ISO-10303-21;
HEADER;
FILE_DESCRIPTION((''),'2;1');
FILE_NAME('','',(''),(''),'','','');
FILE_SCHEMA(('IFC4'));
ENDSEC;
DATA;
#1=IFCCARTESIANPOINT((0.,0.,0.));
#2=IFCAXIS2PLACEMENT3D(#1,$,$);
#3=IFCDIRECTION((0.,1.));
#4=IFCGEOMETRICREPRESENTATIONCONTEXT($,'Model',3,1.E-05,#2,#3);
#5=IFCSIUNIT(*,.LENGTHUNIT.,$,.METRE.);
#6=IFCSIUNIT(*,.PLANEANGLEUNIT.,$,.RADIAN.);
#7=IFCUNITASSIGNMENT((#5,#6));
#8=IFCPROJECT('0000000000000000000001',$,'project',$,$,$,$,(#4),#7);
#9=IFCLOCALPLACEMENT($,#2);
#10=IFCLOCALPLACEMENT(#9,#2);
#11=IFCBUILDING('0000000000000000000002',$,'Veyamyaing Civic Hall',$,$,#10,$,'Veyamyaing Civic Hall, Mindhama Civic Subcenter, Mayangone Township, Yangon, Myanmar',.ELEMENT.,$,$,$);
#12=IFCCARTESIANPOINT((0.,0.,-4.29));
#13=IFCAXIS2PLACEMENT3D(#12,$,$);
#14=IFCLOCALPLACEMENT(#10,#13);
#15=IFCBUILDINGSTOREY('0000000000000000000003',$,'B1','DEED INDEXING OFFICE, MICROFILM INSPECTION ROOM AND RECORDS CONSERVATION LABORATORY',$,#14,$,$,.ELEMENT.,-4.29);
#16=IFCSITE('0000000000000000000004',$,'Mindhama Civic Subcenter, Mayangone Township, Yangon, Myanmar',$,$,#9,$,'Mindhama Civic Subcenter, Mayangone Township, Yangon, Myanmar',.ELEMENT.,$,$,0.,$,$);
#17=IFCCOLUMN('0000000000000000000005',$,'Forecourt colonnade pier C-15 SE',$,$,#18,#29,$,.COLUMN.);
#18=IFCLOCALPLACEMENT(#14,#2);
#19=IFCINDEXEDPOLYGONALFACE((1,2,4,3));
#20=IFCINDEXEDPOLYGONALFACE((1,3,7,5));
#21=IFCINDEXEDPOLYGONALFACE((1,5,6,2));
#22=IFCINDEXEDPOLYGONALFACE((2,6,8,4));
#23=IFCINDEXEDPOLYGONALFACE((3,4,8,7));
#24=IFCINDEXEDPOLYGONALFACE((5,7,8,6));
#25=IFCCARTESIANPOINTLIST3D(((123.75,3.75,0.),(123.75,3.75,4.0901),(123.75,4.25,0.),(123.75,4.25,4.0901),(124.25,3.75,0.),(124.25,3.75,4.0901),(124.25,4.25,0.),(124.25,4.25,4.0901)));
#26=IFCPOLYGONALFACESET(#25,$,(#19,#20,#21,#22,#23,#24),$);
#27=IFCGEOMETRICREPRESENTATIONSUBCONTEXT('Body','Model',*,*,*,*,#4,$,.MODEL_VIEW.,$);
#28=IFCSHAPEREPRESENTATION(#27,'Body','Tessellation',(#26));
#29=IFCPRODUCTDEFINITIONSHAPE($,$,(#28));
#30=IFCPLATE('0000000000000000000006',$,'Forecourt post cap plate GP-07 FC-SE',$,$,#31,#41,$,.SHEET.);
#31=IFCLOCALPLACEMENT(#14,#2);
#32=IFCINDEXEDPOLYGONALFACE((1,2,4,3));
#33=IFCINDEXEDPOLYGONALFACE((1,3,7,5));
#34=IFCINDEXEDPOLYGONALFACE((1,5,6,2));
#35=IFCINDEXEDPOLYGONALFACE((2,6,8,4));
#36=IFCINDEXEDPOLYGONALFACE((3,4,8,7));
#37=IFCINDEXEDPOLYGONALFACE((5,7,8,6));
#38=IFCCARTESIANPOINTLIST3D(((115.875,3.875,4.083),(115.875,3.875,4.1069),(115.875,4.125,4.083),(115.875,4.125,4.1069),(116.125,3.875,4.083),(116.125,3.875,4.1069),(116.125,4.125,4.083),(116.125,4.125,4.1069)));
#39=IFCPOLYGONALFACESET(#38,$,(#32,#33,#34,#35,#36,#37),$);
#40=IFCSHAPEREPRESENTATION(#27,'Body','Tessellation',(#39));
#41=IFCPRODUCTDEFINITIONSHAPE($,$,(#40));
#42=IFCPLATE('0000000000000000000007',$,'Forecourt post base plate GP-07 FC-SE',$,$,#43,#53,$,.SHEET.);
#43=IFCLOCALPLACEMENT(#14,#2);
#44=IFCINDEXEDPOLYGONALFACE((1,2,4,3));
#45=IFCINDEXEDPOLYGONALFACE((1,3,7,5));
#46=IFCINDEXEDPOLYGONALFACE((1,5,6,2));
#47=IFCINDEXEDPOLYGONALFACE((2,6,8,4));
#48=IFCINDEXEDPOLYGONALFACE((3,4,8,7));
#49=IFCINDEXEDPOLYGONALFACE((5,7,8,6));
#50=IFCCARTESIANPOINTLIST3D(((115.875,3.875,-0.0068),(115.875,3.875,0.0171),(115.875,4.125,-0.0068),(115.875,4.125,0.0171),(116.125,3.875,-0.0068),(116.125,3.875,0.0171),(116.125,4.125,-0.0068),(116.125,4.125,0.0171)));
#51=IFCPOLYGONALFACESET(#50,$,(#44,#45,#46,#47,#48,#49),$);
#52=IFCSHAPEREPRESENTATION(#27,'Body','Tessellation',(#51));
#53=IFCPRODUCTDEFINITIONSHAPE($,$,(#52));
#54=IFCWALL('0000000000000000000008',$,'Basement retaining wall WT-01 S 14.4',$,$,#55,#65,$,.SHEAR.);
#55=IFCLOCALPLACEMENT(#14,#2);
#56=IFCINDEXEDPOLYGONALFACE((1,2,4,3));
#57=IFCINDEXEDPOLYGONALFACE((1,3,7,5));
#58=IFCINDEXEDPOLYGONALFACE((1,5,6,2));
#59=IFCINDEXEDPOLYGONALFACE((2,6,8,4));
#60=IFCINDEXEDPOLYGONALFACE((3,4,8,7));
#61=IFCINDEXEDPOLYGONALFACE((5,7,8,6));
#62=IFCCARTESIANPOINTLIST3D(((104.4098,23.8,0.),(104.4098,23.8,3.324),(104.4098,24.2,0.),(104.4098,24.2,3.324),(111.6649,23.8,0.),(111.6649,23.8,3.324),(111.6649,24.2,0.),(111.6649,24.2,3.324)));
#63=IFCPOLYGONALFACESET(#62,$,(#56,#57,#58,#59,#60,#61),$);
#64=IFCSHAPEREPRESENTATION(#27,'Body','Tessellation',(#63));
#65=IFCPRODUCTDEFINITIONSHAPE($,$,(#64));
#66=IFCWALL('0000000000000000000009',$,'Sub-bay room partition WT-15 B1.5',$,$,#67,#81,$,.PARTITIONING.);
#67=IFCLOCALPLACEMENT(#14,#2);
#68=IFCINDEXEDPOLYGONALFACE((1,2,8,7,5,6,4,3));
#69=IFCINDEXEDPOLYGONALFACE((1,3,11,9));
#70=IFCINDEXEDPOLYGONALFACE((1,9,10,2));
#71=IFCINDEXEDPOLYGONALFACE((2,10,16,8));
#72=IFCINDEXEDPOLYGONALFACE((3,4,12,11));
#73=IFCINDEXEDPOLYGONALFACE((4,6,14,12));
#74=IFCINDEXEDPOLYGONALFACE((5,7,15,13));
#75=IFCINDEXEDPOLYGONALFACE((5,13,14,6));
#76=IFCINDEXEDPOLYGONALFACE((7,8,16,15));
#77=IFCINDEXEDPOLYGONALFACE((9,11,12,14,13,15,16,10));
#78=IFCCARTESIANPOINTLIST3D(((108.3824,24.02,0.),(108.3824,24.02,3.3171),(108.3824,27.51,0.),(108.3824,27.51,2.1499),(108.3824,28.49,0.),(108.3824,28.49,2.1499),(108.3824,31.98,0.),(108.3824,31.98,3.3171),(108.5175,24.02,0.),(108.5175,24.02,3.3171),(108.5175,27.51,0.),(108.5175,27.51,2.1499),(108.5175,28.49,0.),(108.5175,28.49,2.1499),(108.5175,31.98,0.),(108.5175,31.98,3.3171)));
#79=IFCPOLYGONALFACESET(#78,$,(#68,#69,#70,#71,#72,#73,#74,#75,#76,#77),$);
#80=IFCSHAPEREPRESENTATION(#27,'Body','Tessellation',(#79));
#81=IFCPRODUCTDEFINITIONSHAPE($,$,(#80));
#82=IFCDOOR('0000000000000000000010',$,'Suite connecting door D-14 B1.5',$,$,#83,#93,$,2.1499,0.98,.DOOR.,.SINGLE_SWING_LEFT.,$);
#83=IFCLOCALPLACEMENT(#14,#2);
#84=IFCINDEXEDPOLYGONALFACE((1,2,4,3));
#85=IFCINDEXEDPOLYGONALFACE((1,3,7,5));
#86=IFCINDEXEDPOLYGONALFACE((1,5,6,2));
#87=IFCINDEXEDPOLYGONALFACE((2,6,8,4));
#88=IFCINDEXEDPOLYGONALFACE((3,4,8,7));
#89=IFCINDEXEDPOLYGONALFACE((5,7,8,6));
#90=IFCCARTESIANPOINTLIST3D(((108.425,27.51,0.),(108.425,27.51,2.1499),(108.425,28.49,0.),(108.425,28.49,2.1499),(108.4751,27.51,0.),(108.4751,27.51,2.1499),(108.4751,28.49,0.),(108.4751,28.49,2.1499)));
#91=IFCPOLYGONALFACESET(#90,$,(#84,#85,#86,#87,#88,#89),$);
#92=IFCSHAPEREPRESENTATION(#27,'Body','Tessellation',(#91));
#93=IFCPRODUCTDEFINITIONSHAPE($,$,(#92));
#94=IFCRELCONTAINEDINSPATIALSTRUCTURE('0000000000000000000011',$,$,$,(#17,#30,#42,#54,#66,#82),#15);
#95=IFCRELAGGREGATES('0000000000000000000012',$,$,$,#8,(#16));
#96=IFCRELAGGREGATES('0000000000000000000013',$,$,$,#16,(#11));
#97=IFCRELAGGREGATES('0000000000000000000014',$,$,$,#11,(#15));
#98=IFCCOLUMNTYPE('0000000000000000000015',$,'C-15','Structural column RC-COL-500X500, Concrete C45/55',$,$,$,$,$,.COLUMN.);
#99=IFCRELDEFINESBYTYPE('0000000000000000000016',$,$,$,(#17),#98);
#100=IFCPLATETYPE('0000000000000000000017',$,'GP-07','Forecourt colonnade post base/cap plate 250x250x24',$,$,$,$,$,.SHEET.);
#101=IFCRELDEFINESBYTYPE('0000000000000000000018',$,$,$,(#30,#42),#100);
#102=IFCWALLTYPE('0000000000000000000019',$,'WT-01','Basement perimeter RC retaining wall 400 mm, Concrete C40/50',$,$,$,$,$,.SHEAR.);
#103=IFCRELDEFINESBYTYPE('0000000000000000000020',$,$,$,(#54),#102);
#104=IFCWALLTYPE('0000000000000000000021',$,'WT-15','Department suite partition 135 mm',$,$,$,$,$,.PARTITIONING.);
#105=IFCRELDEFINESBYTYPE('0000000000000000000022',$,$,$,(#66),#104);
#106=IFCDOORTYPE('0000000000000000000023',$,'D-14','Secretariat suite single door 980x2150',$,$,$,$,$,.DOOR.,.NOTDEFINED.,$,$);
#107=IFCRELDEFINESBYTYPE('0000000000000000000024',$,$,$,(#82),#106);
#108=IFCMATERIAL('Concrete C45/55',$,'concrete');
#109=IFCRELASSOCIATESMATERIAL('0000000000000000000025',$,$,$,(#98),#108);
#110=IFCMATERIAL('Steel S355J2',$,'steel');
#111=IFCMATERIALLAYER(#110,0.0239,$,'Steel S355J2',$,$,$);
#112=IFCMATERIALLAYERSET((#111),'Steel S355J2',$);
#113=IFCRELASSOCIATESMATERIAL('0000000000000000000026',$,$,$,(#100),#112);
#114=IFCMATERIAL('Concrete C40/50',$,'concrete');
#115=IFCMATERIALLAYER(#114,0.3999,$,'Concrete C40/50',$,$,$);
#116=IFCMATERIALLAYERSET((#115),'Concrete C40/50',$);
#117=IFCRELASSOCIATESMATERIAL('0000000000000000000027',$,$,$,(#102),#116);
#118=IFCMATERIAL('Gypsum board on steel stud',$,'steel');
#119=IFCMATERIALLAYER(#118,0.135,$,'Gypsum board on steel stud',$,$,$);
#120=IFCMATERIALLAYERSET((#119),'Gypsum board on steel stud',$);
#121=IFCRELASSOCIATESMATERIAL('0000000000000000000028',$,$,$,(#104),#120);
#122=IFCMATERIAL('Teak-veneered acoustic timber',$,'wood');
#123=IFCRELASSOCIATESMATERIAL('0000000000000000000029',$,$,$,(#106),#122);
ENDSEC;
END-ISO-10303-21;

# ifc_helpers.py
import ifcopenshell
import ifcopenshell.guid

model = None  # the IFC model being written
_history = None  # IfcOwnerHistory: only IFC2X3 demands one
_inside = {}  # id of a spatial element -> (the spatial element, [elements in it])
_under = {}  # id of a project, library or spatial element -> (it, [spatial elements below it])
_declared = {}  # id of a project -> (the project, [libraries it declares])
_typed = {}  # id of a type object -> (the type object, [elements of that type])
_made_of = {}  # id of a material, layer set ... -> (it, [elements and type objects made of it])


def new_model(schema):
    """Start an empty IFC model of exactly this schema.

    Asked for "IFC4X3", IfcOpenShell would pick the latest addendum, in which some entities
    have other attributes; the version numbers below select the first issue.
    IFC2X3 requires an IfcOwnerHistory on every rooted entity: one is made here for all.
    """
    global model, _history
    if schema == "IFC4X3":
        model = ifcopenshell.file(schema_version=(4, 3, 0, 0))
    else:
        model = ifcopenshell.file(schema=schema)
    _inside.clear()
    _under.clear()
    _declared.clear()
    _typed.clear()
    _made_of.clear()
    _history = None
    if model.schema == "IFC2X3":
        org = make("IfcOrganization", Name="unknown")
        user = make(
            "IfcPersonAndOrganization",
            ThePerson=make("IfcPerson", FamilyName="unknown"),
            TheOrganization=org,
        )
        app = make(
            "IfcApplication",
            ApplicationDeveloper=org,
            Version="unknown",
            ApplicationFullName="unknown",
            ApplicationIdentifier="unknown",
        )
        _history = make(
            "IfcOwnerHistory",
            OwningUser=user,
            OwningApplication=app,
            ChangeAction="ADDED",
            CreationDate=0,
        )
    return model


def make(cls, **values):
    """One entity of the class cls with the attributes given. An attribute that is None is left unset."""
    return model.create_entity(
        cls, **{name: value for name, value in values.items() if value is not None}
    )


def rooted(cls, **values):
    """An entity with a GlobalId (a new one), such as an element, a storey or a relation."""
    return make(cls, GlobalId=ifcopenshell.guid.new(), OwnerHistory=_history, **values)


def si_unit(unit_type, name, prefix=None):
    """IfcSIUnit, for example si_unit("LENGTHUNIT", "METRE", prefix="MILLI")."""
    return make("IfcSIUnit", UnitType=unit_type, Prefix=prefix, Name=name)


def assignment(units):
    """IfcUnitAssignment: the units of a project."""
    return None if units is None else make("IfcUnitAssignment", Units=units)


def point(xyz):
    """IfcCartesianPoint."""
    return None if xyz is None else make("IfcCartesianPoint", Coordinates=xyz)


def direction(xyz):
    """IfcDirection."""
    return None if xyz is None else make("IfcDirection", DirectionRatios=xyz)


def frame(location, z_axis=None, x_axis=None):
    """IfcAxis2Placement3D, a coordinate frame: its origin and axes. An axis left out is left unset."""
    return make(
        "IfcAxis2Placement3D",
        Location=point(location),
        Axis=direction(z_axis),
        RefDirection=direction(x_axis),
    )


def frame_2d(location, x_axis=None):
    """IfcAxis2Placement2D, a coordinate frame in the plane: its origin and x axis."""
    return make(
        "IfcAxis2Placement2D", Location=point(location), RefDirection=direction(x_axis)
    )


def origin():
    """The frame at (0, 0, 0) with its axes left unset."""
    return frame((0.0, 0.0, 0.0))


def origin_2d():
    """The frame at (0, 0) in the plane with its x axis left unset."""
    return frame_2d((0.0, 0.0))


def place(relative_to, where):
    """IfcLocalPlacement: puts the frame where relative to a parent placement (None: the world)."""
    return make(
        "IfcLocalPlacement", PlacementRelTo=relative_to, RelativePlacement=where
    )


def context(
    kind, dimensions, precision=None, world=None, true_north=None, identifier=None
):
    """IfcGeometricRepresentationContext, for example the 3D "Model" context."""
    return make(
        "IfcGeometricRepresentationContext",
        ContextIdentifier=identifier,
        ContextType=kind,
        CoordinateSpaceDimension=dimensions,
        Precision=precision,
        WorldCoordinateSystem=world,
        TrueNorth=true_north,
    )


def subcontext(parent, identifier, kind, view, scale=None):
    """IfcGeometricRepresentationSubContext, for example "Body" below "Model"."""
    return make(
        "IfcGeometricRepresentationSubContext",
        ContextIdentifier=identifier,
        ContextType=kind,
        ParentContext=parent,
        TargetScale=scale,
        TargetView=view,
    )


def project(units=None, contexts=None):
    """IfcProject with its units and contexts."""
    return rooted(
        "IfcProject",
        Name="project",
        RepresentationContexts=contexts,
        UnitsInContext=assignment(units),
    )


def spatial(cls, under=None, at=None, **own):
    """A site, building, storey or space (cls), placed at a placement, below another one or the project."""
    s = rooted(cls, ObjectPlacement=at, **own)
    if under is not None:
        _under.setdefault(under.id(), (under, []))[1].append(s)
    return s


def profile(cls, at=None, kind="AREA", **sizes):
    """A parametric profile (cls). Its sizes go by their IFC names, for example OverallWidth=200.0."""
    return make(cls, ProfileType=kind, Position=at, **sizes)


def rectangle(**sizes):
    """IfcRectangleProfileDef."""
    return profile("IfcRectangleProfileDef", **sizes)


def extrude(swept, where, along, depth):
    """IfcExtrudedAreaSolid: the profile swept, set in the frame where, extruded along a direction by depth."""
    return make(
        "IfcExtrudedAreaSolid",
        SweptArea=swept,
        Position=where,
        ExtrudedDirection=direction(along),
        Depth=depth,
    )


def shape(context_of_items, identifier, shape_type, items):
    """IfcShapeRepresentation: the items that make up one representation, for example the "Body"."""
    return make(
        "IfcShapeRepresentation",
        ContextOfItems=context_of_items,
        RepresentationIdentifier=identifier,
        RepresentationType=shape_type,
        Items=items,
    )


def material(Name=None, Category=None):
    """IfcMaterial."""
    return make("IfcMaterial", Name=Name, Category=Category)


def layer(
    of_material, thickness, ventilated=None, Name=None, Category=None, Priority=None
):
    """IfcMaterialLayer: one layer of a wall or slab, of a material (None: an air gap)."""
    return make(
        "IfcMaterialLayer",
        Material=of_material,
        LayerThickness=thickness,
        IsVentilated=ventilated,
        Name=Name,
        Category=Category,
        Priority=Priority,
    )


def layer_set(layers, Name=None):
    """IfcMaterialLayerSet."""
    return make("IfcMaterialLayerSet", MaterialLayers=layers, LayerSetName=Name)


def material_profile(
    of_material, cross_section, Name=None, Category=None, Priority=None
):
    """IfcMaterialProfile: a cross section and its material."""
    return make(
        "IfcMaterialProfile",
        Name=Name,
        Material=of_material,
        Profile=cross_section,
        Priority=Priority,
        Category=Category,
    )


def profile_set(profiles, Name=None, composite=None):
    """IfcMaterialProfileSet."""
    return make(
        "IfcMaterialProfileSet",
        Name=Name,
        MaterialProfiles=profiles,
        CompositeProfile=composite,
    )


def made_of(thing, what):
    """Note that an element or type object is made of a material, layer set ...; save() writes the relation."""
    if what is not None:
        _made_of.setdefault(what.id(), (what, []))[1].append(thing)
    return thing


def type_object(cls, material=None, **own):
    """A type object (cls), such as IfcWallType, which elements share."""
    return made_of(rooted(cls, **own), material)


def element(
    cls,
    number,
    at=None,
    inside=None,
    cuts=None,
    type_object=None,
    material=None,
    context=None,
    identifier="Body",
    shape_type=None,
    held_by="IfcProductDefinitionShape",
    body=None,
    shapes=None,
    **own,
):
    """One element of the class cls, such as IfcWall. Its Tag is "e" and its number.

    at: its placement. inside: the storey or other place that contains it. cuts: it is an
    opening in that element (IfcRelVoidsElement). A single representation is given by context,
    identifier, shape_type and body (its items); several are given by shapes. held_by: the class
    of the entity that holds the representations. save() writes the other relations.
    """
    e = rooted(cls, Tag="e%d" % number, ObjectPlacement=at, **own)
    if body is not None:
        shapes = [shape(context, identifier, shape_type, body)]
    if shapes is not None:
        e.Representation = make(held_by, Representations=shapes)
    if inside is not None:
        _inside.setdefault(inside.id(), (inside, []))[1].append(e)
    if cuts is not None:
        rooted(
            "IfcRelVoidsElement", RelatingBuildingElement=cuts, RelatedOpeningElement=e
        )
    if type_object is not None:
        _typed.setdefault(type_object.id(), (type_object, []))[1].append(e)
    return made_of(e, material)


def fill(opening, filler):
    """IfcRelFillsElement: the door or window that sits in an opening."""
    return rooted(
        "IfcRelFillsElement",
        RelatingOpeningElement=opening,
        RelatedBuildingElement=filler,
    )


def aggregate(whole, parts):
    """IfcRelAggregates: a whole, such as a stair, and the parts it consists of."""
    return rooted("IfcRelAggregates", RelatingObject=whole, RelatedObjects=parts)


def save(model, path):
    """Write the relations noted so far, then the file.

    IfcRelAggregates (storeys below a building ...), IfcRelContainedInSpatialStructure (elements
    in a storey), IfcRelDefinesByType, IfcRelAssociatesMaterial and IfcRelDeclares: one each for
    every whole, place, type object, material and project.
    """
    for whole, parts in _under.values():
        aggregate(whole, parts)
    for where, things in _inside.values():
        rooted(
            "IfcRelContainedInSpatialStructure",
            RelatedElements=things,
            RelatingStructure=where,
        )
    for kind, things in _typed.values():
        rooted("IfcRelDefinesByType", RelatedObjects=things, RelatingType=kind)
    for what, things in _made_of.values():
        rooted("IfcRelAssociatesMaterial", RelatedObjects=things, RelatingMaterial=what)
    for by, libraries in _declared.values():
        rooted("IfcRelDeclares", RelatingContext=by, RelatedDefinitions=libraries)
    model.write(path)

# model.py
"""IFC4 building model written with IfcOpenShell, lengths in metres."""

from ifc_helpers import new_model, si_unit, direction, frame, frame_2d, origin, origin_2d, place, context, subcontext, project, spatial, rectangle, extrude, material, layer, layer_set, material_profile, profile_set, type_object, element, fill, save


model = new_model("IFC4")

# Units and contexts
model_context = context("Model", 3, precision=1e-05, world=origin(), true_north=direction((0.0, 1.0)))
body_context = subcontext(model_context, "Body", "Model", "MODEL_VIEW")
ifc_project = project(units=[si_unit("LENGTHUNIT", "METRE"), si_unit("PLANEANGLEUNIT", "RADIAN")], contexts=[model_context])

# Site, building, storey
site_placement = place(None, origin())
site = spatial("IfcSite", under=ifc_project, at=site_placement, Name="Mindhama Civic Subcenter, Mayangone Township, Yangon, Myanmar", LongName="Mindhama Civic Subcenter, Mayangone Township, Yangon, Myanmar", CompositionType="ELEMENT", RefElevation=0.0)
building_placement = place(site_placement, origin())
building = spatial("IfcBuilding", under=site, at=building_placement, Name="Veyamyaing Civic Hall", LongName="Veyamyaing Civic Hall, Mindhama Civic Subcenter, Mayangone Township, Yangon, Myanmar", CompositionType="ELEMENT")
storey_placement = place(building_placement, frame((0.0, 0.0, -4.29)))
storey = spatial("IfcBuildingStorey", under=building, at=storey_placement, Name="B1", Description="DEED INDEXING OFFICE, MICROFILM INSPECTION ROOM AND RECORDS CONSERVATION LABORATORY", CompositionType="ELEMENT", Elevation=-4.29)

# Shared definitions
ifc_material_1 = material(Name="Concrete C40/50", Category="concrete")

# Column
ifc_material_2 = material(Name="Concrete C45/55", Category="concrete")
ifc_material_3 = material(Name="Steel S355J2", Category="steel")
ifc_material_profile_1 = material_profile(ifc_material_2, rectangle(XDim=0.5, YDim=0.5, at=origin_2d()), Name="RC-COL-500X500")
ifc_profile_set_1 = profile_set([ifc_material_profile_1], Name="Concrete C45/55")
column_type_1 = type_object("IfcColumnType", Name="C-15", Description="Structural column RC-COL-500X500, Concrete C45/55", PredefinedType="COLUMN", material=ifc_profile_set_1)
column_1_placement = place(storey_placement, frame((124.0, 4.0, 0.0), z_axis=(0.0, 0.0, 1.0), x_axis=(1.0, 0.0, 0.0)))
element("IfcColumn", 1, at=column_1_placement, inside=storey, type_object=column_type_1, Name="Forecourt colonnade pier C-15 SE", PredefinedType="COLUMN", context=body_context, shape_type="SweptSolid", body=[
    extrude(rectangle(XDim=0.5, YDim=0.5, at=origin_2d()), origin(), (0.0, 0.0, 1.0), 4.0901),
])

# Plates
ifc_layer_1 = layer(ifc_material_3, 0.0239, Name="Steel S355J2")
ifc_layer_set_1 = layer_set([ifc_layer_1], Name="Steel S355J2")
plate_type = type_object("IfcPlateType", Name="GP-07", Description="Forecourt colonnade post base/cap plate 250x250x24", PredefinedType="SHEET", material=ifc_layer_set_1)
for number, where, z_axis, x_axis, name in (
    (2, (116.0, 4.0, 4.083), (0.0, 0.0, 1.0), (1.0, 0.0, 0.0), "Forecourt post cap plate GP-07 FC-SE"),
    (3, (116.0, 4.0, -0.0068), (0.0, 0.0, 1.0), (1.0, 0.0, 0.0), "Forecourt post base plate GP-07 FC-SE"),
):
    element("IfcPlate", number, at=place(storey_placement, frame(where, z_axis=z_axis, x_axis=x_axis)), inside=storey, type_object=plate_type, Name=name, PredefinedType="SHEET", context=body_context, shape_type="SweptSolid", body=[
        extrude(rectangle(XDim=0.25, YDim=0.25, at=origin_2d()), origin(), (0.0, 0.0, 1.0), 0.0239),
    ])

# Wall
ifc_layer_2 = layer(ifc_material_1, 0.3999, Name="Concrete C40/50")
ifc_layer_set_2 = layer_set([ifc_layer_2], Name="Concrete C40/50")
wall_type_1 = type_object("IfcWallType", Name="WT-01", Description="Basement perimeter RC retaining wall 400 mm, Concrete C40/50", PredefinedType="SHEAR", material=ifc_layer_set_2)
wall_1_placement = place(storey_placement, frame((104.4099, 24.0, 0.0), z_axis=(0.0, 0.0, 1.0), x_axis=(1.0, 0.0, 0.0)))
element("IfcWall", 4, at=wall_1_placement, inside=storey, type_object=wall_type_1, Name="Basement retaining wall WT-01 S 14.4", PredefinedType="SHEAR", context=body_context, shape_type="SweptSolid", body=[
    extrude(rectangle(XDim=7.2551, YDim=0.3999, at=frame_2d((3.6274, 0.0))), origin(), (0.0, 0.0, 1.0), 3.324),
])

# Wall, opening, door
ifc_material_4 = material(Name="Gypsum board on steel stud", Category="steel")
ifc_layer_3 = layer(ifc_material_4, 0.135, Name="Gypsum board on steel stud")
ifc_layer_set_3 = layer_set([ifc_layer_3], Name="Gypsum board on steel stud")
wall_type_2 = type_object("IfcWallType", Name="WT-15", Description="Department suite partition 135 mm", PredefinedType="PARTITIONING", material=ifc_layer_set_3)
wall_2_placement = place(storey_placement, frame((108.45, 24.02, 0.0), z_axis=(0.0, 0.0, 1.0), x_axis=(0.0, 1.0, 0.0)))
wall_2 = element("IfcWall", 5, at=wall_2_placement, inside=storey, type_object=wall_type_2, Name="Sub-bay room partition WT-15 B1.5", PredefinedType="PARTITIONING", context=body_context, shape_type="SweptSolid", body=[
    extrude(rectangle(XDim=7.96, YDim=0.135, at=frame_2d((3.98, 0.0))), origin(), (0.0, 0.0, 1.0), 3.3171),
])
opening_placement = place(wall_2_placement, frame((3.49, 0.0, 0.0)))
opening = element("IfcOpeningElement", 6, at=opening_placement, cuts=wall_2, PredefinedType="OPENING", context=body_context, shape_type="SweptSolid", body=[
    extrude(rectangle(XDim=0.98, YDim=2.1499, at=frame_2d((0.49, 1.075))), frame((0.0, 0.0774, 0.0), z_axis=(0.0, -1.0, 0.0), x_axis=(1.0, 0.0, 0.0)), (0.0, 0.0, 1.0), 0.155),
])
ifc_material_5 = material(Name="Teak-veneered acoustic timber", Category="wood")
door_type = type_object("IfcDoorType", Name="D-14", Description="Secretariat suite single door 980x2150", OperationType="NOTDEFINED", PredefinedType="DOOR", material=ifc_material_5)
door_placement = place(opening_placement, origin())
door = element("IfcDoor", 7, at=door_placement, inside=storey, type_object=door_type, Name="Suite connecting door D-14 B1.5", OperationType="SINGLE_SWING_LEFT", OverallHeight=2.1499, OverallWidth=0.98, PredefinedType="DOOR", context=body_context, shape_type="SweptSolid", body=[
    extrude(rectangle(XDim=0.98, YDim=2.1499, at=frame_2d((0.49, 1.075))), frame((0.0, 0.0249, 0.0), z_axis=(0.0, -1.0, 0.0), x_axis=(1.0, 0.0, 0.0)), (0.0, 0.0, 1.0), 0.05),
])
fill(opening, door)

save(model, "model.ifc")
